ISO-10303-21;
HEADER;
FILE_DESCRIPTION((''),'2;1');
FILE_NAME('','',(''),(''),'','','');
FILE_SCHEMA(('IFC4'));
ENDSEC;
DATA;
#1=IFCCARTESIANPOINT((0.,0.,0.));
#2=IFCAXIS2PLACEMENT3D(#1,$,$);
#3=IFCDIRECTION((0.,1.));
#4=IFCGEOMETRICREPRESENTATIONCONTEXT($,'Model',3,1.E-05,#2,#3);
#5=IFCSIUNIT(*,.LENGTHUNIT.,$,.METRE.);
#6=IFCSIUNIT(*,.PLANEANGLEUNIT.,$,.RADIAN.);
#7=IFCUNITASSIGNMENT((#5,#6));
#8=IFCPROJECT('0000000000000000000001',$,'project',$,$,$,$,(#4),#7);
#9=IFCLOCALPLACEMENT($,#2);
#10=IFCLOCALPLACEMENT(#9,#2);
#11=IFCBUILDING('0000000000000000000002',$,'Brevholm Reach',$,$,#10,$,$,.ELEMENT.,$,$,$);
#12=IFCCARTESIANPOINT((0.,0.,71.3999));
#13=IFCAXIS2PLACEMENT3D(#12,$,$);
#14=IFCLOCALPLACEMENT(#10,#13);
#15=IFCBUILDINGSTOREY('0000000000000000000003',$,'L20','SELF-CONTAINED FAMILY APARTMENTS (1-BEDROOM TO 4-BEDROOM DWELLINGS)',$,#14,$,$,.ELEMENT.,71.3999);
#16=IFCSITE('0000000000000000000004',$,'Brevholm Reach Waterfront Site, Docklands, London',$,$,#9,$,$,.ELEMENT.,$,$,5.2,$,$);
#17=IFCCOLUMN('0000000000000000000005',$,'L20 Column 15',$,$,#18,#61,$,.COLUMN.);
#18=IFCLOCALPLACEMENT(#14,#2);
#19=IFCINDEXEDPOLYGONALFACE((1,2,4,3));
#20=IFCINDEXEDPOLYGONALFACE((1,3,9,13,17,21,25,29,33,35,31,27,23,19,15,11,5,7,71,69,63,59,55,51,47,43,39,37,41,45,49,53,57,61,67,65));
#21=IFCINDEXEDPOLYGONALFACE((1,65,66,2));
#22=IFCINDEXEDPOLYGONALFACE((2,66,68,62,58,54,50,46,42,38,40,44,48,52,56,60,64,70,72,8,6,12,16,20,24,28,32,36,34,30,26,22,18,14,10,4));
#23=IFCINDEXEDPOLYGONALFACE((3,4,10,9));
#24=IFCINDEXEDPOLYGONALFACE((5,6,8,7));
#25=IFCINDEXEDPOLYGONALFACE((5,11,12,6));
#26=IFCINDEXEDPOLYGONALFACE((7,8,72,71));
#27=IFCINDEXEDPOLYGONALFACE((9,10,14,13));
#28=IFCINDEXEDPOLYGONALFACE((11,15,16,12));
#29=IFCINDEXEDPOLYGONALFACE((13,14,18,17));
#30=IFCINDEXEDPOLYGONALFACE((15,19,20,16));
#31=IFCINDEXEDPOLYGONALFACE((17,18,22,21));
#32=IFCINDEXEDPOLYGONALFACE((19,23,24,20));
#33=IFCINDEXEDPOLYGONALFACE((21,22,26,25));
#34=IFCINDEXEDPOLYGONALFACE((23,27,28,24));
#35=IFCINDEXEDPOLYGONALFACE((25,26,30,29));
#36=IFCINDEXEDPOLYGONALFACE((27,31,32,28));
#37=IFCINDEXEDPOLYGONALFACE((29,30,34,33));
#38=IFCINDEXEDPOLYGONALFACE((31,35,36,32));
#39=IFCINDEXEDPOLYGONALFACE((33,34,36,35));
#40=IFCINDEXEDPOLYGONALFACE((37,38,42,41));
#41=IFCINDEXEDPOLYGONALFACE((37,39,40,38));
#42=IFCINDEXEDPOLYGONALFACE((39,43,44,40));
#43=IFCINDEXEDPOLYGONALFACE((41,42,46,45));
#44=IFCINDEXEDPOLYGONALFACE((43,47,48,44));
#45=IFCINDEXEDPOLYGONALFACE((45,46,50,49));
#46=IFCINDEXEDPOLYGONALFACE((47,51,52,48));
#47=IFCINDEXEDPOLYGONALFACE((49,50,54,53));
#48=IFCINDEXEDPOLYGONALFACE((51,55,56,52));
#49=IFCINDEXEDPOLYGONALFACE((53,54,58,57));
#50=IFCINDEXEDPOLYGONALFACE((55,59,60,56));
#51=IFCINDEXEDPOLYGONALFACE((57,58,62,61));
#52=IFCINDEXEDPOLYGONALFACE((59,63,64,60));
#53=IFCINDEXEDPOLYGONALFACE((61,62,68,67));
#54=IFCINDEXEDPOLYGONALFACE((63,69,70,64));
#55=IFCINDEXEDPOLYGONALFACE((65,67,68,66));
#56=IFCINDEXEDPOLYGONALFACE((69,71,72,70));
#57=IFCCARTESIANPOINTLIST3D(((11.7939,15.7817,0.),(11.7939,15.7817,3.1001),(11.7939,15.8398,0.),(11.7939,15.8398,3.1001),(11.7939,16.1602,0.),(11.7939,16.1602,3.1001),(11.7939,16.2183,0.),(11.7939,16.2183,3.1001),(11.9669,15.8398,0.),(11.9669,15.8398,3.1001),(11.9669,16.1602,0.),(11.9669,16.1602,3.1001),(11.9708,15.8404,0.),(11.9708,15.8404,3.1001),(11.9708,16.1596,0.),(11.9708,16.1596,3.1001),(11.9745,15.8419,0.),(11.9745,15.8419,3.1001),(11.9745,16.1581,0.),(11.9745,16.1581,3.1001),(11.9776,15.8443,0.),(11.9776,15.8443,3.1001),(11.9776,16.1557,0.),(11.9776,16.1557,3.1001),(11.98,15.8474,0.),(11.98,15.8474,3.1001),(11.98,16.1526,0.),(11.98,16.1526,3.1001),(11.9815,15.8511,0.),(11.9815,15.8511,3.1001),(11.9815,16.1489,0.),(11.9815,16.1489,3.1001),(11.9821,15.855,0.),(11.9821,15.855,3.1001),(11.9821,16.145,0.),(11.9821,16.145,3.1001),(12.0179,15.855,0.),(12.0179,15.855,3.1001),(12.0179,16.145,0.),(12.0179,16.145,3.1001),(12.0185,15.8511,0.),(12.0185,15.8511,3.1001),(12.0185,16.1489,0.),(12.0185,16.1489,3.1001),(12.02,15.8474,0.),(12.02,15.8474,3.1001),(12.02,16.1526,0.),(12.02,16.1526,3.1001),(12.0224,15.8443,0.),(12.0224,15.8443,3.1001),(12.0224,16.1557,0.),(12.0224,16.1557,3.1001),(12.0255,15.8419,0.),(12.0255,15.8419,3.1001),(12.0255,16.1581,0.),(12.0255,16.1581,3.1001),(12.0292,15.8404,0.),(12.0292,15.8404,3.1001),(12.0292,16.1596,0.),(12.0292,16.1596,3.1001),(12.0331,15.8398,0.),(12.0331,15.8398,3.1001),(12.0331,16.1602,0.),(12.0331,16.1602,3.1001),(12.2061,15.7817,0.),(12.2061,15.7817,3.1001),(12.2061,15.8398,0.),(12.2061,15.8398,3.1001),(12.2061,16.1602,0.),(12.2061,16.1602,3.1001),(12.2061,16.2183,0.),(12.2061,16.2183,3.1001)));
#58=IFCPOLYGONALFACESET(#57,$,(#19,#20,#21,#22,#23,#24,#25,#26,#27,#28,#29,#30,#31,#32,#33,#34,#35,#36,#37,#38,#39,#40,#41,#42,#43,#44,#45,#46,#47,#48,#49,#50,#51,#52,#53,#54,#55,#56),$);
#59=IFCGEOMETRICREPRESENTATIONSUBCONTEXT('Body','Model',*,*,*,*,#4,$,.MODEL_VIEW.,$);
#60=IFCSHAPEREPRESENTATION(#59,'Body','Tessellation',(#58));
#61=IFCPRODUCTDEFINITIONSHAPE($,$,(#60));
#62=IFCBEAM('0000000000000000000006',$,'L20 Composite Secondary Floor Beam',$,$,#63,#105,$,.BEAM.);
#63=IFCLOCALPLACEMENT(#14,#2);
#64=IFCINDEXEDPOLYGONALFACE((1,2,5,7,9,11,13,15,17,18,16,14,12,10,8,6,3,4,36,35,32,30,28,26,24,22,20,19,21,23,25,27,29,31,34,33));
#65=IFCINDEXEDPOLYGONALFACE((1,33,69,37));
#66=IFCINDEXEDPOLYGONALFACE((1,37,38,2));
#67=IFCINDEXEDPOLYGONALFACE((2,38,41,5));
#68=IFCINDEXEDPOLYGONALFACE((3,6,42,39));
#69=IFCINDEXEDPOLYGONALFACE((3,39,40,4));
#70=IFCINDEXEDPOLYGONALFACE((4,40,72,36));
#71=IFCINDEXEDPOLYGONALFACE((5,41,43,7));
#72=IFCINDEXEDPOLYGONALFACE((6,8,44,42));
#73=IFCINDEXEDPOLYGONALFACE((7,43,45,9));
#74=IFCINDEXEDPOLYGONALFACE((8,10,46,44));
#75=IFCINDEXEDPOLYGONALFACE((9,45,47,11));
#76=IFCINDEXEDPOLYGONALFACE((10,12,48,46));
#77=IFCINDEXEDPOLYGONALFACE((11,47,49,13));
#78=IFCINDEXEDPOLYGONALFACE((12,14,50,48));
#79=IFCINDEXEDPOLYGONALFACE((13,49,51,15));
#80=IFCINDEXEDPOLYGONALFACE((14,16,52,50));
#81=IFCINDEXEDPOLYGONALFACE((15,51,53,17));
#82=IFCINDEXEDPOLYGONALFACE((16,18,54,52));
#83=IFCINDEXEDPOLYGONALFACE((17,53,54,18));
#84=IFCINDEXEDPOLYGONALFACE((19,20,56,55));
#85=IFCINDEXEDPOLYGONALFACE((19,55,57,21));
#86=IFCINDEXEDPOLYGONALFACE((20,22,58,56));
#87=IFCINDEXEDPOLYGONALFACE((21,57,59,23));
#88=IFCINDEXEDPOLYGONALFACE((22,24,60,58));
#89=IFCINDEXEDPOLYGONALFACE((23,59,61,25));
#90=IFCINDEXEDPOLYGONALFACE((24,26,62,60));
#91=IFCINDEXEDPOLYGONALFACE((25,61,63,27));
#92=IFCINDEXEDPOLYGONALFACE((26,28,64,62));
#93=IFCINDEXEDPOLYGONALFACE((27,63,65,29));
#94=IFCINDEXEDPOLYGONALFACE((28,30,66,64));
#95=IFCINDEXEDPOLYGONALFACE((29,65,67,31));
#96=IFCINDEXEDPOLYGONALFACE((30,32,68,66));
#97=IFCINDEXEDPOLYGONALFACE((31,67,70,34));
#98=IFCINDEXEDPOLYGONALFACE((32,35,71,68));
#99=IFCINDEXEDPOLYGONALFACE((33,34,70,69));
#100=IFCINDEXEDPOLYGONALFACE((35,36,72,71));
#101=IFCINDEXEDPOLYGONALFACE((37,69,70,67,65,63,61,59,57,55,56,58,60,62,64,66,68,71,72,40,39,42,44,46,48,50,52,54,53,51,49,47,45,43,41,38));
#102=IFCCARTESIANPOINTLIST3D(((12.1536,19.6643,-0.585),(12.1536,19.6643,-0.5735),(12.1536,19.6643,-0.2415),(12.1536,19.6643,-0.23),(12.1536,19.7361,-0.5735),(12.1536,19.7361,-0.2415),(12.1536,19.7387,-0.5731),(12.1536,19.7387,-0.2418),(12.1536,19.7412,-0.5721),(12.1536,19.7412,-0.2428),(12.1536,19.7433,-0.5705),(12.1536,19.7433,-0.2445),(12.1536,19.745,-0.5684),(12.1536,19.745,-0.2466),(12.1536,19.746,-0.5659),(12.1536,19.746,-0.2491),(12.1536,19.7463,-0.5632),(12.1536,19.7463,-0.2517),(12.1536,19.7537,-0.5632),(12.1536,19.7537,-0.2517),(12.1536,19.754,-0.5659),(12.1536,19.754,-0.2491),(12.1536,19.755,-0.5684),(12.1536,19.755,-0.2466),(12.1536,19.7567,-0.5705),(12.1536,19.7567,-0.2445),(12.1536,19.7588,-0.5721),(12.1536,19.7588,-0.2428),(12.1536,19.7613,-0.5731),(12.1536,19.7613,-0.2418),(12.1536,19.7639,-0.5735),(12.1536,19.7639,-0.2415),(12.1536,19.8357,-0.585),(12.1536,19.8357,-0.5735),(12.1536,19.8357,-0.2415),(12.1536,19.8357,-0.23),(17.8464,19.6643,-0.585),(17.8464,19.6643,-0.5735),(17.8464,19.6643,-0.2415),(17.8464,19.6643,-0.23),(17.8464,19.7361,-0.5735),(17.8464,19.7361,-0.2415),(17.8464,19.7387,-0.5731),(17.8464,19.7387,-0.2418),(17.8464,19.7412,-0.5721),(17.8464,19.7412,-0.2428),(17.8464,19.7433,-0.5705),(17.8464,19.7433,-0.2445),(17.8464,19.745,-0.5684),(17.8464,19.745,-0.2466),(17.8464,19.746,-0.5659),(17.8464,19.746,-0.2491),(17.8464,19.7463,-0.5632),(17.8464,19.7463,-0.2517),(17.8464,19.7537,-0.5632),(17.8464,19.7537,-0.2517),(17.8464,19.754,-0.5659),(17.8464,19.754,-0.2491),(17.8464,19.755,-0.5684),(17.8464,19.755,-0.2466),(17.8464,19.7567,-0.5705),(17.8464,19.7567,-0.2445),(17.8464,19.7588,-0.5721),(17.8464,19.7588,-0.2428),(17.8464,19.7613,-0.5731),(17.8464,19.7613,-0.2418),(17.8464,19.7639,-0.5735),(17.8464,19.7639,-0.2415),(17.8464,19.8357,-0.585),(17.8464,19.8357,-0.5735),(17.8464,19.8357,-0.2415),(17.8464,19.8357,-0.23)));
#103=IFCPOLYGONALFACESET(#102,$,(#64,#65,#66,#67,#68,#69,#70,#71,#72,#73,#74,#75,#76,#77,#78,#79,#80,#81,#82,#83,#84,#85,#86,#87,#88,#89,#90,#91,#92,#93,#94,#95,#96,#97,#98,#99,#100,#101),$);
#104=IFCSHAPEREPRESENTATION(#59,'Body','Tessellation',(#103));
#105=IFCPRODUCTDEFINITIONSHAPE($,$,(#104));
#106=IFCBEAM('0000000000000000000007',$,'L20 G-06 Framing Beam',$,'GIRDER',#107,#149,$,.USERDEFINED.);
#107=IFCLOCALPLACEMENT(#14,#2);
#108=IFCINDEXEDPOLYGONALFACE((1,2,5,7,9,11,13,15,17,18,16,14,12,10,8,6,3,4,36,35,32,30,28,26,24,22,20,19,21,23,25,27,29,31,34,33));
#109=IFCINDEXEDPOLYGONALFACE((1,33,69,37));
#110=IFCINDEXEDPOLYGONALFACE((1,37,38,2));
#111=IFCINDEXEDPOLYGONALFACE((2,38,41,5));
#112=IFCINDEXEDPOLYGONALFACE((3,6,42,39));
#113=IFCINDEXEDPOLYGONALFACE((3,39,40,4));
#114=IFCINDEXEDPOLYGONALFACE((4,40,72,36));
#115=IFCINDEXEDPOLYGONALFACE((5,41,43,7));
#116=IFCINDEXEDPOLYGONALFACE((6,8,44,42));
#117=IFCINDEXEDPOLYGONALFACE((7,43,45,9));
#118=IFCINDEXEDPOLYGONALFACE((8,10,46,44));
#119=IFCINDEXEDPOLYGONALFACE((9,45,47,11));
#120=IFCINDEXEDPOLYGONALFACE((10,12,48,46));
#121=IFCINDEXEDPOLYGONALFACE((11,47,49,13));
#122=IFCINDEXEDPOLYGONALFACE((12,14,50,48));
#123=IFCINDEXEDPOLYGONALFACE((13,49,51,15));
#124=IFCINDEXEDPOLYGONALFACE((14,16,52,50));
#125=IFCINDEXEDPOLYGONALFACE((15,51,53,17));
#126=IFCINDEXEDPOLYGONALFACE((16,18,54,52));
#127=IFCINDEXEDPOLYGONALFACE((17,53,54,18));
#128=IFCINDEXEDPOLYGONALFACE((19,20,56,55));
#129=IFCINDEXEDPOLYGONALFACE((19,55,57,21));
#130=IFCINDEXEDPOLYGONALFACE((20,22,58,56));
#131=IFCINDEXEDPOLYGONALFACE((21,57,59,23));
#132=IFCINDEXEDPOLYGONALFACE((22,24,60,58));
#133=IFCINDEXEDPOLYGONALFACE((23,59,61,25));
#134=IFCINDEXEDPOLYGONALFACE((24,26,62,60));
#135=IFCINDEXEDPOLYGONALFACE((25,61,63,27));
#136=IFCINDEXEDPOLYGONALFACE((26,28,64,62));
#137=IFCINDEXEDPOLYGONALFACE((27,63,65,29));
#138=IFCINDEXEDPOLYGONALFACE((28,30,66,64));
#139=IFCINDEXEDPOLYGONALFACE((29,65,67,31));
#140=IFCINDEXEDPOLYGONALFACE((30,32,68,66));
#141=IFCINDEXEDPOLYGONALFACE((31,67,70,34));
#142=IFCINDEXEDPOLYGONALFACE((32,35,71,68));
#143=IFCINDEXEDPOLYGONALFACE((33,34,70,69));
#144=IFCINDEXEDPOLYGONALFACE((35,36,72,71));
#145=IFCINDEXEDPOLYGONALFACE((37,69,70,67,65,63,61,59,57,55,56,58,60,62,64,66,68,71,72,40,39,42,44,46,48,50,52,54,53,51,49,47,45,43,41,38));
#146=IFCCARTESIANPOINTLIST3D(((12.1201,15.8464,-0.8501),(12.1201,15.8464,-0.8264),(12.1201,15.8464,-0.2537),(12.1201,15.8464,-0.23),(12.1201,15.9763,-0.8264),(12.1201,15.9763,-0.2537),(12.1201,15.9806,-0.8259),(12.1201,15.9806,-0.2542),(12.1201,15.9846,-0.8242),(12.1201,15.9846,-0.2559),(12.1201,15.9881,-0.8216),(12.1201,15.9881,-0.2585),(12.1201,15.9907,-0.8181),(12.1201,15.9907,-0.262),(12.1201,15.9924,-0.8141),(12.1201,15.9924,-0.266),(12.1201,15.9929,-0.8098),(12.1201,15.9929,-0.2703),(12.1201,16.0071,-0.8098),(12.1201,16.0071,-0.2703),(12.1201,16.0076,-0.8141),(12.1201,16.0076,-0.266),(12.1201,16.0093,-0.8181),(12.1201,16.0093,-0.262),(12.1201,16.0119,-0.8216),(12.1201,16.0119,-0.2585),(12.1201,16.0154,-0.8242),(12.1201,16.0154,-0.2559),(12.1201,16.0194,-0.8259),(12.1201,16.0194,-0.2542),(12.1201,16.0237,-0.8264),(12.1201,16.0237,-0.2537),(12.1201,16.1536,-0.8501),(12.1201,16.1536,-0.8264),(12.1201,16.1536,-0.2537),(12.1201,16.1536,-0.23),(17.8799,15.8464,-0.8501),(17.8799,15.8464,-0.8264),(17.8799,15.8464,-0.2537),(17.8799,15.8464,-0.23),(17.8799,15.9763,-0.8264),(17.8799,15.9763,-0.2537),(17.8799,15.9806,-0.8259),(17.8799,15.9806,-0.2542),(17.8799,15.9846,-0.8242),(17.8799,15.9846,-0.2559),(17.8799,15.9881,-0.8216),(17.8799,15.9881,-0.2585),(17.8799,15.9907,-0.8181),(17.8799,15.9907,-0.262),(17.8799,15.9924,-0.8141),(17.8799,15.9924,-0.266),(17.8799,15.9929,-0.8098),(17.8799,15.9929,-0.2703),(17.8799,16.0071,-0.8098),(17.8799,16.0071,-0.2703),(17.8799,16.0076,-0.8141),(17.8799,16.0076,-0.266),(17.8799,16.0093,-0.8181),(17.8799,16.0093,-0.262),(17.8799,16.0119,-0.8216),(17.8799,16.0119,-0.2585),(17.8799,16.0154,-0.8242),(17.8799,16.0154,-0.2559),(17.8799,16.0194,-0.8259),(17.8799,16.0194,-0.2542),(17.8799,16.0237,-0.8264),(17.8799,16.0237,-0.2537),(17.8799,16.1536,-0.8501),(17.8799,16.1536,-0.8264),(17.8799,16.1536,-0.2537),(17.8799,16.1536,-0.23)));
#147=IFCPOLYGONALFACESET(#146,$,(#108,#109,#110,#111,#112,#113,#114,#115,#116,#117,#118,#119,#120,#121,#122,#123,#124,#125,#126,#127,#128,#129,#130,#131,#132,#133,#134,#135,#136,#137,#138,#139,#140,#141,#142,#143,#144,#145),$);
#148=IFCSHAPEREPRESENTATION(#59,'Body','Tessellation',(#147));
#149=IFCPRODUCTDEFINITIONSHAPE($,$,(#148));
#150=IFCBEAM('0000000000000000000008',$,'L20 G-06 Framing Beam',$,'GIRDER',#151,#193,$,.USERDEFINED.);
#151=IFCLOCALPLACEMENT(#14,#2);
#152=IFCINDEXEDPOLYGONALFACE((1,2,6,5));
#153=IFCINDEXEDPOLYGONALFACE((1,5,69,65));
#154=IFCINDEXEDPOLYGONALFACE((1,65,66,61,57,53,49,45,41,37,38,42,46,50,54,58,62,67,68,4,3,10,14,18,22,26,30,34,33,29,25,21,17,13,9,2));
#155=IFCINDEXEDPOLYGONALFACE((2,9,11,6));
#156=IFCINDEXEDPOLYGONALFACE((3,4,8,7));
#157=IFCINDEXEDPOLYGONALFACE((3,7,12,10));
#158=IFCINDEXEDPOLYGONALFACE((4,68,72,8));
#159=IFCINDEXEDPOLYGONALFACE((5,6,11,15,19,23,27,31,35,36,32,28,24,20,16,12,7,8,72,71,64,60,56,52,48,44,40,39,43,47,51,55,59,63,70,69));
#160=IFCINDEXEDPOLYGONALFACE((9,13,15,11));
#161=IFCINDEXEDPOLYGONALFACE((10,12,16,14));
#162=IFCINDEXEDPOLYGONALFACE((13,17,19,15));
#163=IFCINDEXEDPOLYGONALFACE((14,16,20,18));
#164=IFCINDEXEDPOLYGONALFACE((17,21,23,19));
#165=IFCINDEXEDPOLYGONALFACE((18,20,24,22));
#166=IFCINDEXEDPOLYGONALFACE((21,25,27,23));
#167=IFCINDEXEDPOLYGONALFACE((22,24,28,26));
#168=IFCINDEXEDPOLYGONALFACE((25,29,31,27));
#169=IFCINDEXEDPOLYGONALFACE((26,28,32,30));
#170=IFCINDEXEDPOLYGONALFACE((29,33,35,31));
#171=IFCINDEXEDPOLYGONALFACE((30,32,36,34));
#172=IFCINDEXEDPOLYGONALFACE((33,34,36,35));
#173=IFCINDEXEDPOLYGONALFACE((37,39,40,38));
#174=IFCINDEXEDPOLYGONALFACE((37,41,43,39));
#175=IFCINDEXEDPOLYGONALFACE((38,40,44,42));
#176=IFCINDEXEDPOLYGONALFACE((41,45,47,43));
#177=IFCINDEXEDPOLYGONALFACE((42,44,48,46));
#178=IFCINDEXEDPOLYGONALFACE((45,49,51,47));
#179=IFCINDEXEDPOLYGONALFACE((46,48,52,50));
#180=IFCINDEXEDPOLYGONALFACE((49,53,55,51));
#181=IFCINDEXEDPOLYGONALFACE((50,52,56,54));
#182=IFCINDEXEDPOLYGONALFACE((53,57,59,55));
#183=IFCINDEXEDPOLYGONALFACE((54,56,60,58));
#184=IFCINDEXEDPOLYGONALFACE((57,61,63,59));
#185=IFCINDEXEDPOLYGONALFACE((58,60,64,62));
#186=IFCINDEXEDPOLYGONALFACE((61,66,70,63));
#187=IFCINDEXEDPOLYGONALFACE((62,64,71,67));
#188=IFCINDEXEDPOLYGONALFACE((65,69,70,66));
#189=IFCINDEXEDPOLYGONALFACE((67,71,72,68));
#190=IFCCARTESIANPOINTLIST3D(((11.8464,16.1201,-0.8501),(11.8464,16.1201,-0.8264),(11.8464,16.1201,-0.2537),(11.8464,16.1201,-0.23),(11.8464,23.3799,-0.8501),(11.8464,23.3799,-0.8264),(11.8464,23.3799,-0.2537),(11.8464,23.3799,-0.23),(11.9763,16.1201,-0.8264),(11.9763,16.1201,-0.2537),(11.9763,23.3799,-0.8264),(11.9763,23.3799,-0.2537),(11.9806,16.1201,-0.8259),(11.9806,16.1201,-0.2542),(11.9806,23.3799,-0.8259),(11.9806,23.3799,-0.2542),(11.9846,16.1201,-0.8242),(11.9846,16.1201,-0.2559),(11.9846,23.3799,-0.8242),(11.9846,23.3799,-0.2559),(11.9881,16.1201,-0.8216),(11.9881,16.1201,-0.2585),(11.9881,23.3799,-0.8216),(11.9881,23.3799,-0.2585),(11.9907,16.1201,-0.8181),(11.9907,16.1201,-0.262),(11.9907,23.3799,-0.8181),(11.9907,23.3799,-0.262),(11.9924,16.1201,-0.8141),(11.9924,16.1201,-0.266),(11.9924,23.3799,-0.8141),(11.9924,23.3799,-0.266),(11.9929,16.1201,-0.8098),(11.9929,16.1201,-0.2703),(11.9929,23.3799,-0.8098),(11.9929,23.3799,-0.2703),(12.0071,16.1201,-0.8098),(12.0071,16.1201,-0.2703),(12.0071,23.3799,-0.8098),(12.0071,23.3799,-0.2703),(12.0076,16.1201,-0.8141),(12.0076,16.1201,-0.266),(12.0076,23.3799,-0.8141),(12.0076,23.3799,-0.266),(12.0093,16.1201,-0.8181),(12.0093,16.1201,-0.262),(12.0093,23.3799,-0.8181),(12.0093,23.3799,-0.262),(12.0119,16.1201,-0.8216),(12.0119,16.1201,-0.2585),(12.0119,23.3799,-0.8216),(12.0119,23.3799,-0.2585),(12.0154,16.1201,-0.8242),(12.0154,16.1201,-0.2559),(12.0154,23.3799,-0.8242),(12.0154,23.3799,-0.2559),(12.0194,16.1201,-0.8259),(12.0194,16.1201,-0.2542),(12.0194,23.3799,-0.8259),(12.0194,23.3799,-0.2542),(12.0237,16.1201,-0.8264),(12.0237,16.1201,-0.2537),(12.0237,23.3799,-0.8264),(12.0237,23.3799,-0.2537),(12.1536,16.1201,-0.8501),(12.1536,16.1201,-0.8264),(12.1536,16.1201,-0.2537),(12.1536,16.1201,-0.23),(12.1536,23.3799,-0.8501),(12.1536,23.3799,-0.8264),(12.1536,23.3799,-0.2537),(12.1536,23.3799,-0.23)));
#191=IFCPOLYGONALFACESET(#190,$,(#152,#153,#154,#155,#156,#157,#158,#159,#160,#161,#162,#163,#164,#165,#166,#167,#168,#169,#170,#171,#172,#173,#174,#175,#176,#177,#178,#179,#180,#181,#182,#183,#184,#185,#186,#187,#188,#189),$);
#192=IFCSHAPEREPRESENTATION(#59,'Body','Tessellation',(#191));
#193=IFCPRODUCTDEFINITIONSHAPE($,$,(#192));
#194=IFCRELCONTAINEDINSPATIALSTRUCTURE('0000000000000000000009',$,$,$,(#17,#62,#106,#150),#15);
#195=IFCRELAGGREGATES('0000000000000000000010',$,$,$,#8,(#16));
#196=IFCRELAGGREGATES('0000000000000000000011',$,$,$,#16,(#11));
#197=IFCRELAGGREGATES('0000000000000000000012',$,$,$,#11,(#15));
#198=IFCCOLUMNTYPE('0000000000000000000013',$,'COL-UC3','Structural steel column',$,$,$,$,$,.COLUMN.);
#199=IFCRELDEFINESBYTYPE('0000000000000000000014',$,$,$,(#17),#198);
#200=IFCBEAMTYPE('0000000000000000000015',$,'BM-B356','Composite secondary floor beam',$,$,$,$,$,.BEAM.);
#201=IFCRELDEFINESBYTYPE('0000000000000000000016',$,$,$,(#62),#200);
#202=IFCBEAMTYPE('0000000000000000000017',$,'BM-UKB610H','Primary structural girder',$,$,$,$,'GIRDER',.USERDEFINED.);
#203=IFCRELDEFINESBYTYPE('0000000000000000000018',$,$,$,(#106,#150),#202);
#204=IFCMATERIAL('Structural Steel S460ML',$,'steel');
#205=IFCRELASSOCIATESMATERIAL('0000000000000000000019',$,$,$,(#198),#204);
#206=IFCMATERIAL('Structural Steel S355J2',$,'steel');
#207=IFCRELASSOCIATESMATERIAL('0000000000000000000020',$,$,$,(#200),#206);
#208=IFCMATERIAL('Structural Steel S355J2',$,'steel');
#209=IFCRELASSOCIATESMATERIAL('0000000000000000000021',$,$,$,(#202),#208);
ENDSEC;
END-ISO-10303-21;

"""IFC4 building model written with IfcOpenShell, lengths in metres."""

from ifc_helpers import new_model, si_unit, direction, frame, origin, origin_2d, place, context, subcontext, project, spatial, i_section, extrude, material, material_profile, profile_set, type_object, element, save


model = new_model("IFC4")

# Units and contexts
model_context = context("Model", 3, precision=1e-05, world=origin(), true_north=direction((0.0, 1.0)))
body_context = subcontext(model_context, "Body", "Model", "MODEL_VIEW")
ifc_project = project(units=[si_unit("LENGTHUNIT", "METRE"), si_unit("PLANEANGLEUNIT", "RADIAN")], contexts=[model_context])

# Site, building, storey
site_placement = place(None, origin())
site = spatial("IfcSite", under=ifc_project, at=site_placement, Name="Brevholm Reach Waterfront Site, Docklands, London", CompositionType="ELEMENT", RefElevation=5.2)
building_placement = place(site_placement, origin())
building = spatial("IfcBuilding", under=site, at=building_placement, Name="Brevholm Reach", CompositionType="ELEMENT")
storey_placement = place(building_placement, frame((0.0, 0.0, 71.3999)))
storey = spatial("IfcBuildingStorey", under=building, at=storey_placement, Name="L20", Description="SELF-CONTAINED FAMILY APARTMENTS (1-BEDROOM TO 4-BEDROOM DWELLINGS)", CompositionType="ELEMENT", Elevation=71.3999)

# Column
ifc_material_1 = material(Name="Structural Steel S460ML", Category="steel")
ifc_material_profile_1 = material_profile(ifc_material_1, i_section(OverallWidth=0.4121, OverallDepth=0.4365, WebThickness=0.0359, FlangeThickness=0.0581, FilletRadius=0.0151, at=origin_2d()), Name="UKC 356x406x467")
ifc_profile_set_1 = profile_set([ifc_material_profile_1], Name="Structural Steel S460ML")
column_type = type_object("IfcColumnType", Name="COL-UC3", Description="Structural steel column", PredefinedType="COLUMN", material=ifc_profile_set_1)
column_placement = place(storey_placement, frame((12.0, 16.0, 0.0), z_axis=(0.0, 0.0, 1.0), x_axis=(1.0, 0.0, 0.0)))
element("IfcColumn", 1, at=column_placement, inside=storey, type_object=column_type, Name="L20 Column 15", PredefinedType="COLUMN", context=body_context, shape_type="SweptSolid", body=[
    extrude(i_section(OverallWidth=0.4121, OverallDepth=0.4365, WebThickness=0.0359, FlangeThickness=0.0581, FilletRadius=0.0151, at=origin_2d()), origin(), (0.0, 0.0, 1.0), 3.1001),
])

# Beams
ifc_material_2 = material(Name="Structural Steel S355J2", Category="steel")
ifc_material_profile_2 = material_profile(ifc_material_2, i_section(OverallWidth=0.1714, OverallDepth=0.355, WebThickness=0.0073, FlangeThickness=0.0115, FilletRadius=0.0103, at=origin_2d()), Name="UKB 356x171x51")
ifc_profile_set_2 = profile_set([ifc_material_profile_2], Name="Structural Steel S355J2")
beam_type_1 = type_object("IfcBeamType", Name="BM-B356", Description="Composite secondary floor beam", PredefinedType="BEAM", material=ifc_profile_set_2)
beam_1_placement = place(storey_placement, frame((12.1536, 19.75, -0.4075), z_axis=(1.0, 0.0, 0.0), x_axis=(0.0, 1.0, 0.0)))
element("IfcBeam", 2, at=beam_1_placement, inside=storey, type_object=beam_type_1, Name="L20 Composite Secondary Floor Beam", PredefinedType="BEAM", context=body_context, shape_type="SweptSolid", body=[
    extrude(i_section(OverallWidth=0.1714, OverallDepth=0.355, WebThickness=0.0073, FlangeThickness=0.0115, FilletRadius=0.0103, at=origin_2d()), origin(), (0.0, 0.0, 1.0), 5.6929),
])
ifc_material_3 = material(Name="Structural Steel S355J2", Category="steel")
ifc_material_profile_3 = material_profile(ifc_material_3, i_section(OverallWidth=0.3071, OverallDepth=0.6201, WebThickness=0.0142, FlangeThickness=0.0237, FilletRadius=0.0166, at=origin_2d()), Name="UKB 610x305x179")
ifc_profile_set_3 = profile_set([ifc_material_profile_3], Name="Structural Steel S355J2")
beam_type_2 = type_object("IfcBeamType", Name="BM-UKB610H", Description="Primary structural girder", ElementType="GIRDER", PredefinedType="USERDEFINED", material=ifc_profile_set_3)
beam_2_placement = place(storey_placement, frame((12.1201, 16.0, -0.54), z_axis=(1.0, 0.0, 0.0), x_axis=(0.0, 1.0, 0.0)))
element("IfcBeam", 3, at=beam_2_placement, inside=storey, type_object=beam_type_2, Name="L20 G-06 Framing Beam", ObjectType="GIRDER", PredefinedType="USERDEFINED", context=body_context, shape_type="SweptSolid", body=[
    extrude(i_section(OverallWidth=0.3071, OverallDepth=0.6201, WebThickness=0.0142, FlangeThickness=0.0237, FilletRadius=0.0166, at=origin_2d()), origin(), (0.0, 0.0, 1.0), 5.7598),
])
beam_3_placement = place(storey_placement, frame((12.0, 16.1201, -0.54), z_axis=(0.0, 1.0, 0.0), x_axis=(-1.0, 0.0, 0.0)))
element("IfcBeam", 4, at=beam_3_placement, inside=storey, type_object=beam_type_2, Name="L20 G-06 Framing Beam", ObjectType="GIRDER", PredefinedType="USERDEFINED", context=body_context, shape_type="SweptSolid", body=[
    extrude(i_section(OverallWidth=0.3071, OverallDepth=0.6201, WebThickness=0.0142, FlangeThickness=0.0237, FilletRadius=0.0166, at=origin_2d()), origin(), (0.0, 0.0, 1.0), 7.2598),
])

save(model, "model.ifc")
